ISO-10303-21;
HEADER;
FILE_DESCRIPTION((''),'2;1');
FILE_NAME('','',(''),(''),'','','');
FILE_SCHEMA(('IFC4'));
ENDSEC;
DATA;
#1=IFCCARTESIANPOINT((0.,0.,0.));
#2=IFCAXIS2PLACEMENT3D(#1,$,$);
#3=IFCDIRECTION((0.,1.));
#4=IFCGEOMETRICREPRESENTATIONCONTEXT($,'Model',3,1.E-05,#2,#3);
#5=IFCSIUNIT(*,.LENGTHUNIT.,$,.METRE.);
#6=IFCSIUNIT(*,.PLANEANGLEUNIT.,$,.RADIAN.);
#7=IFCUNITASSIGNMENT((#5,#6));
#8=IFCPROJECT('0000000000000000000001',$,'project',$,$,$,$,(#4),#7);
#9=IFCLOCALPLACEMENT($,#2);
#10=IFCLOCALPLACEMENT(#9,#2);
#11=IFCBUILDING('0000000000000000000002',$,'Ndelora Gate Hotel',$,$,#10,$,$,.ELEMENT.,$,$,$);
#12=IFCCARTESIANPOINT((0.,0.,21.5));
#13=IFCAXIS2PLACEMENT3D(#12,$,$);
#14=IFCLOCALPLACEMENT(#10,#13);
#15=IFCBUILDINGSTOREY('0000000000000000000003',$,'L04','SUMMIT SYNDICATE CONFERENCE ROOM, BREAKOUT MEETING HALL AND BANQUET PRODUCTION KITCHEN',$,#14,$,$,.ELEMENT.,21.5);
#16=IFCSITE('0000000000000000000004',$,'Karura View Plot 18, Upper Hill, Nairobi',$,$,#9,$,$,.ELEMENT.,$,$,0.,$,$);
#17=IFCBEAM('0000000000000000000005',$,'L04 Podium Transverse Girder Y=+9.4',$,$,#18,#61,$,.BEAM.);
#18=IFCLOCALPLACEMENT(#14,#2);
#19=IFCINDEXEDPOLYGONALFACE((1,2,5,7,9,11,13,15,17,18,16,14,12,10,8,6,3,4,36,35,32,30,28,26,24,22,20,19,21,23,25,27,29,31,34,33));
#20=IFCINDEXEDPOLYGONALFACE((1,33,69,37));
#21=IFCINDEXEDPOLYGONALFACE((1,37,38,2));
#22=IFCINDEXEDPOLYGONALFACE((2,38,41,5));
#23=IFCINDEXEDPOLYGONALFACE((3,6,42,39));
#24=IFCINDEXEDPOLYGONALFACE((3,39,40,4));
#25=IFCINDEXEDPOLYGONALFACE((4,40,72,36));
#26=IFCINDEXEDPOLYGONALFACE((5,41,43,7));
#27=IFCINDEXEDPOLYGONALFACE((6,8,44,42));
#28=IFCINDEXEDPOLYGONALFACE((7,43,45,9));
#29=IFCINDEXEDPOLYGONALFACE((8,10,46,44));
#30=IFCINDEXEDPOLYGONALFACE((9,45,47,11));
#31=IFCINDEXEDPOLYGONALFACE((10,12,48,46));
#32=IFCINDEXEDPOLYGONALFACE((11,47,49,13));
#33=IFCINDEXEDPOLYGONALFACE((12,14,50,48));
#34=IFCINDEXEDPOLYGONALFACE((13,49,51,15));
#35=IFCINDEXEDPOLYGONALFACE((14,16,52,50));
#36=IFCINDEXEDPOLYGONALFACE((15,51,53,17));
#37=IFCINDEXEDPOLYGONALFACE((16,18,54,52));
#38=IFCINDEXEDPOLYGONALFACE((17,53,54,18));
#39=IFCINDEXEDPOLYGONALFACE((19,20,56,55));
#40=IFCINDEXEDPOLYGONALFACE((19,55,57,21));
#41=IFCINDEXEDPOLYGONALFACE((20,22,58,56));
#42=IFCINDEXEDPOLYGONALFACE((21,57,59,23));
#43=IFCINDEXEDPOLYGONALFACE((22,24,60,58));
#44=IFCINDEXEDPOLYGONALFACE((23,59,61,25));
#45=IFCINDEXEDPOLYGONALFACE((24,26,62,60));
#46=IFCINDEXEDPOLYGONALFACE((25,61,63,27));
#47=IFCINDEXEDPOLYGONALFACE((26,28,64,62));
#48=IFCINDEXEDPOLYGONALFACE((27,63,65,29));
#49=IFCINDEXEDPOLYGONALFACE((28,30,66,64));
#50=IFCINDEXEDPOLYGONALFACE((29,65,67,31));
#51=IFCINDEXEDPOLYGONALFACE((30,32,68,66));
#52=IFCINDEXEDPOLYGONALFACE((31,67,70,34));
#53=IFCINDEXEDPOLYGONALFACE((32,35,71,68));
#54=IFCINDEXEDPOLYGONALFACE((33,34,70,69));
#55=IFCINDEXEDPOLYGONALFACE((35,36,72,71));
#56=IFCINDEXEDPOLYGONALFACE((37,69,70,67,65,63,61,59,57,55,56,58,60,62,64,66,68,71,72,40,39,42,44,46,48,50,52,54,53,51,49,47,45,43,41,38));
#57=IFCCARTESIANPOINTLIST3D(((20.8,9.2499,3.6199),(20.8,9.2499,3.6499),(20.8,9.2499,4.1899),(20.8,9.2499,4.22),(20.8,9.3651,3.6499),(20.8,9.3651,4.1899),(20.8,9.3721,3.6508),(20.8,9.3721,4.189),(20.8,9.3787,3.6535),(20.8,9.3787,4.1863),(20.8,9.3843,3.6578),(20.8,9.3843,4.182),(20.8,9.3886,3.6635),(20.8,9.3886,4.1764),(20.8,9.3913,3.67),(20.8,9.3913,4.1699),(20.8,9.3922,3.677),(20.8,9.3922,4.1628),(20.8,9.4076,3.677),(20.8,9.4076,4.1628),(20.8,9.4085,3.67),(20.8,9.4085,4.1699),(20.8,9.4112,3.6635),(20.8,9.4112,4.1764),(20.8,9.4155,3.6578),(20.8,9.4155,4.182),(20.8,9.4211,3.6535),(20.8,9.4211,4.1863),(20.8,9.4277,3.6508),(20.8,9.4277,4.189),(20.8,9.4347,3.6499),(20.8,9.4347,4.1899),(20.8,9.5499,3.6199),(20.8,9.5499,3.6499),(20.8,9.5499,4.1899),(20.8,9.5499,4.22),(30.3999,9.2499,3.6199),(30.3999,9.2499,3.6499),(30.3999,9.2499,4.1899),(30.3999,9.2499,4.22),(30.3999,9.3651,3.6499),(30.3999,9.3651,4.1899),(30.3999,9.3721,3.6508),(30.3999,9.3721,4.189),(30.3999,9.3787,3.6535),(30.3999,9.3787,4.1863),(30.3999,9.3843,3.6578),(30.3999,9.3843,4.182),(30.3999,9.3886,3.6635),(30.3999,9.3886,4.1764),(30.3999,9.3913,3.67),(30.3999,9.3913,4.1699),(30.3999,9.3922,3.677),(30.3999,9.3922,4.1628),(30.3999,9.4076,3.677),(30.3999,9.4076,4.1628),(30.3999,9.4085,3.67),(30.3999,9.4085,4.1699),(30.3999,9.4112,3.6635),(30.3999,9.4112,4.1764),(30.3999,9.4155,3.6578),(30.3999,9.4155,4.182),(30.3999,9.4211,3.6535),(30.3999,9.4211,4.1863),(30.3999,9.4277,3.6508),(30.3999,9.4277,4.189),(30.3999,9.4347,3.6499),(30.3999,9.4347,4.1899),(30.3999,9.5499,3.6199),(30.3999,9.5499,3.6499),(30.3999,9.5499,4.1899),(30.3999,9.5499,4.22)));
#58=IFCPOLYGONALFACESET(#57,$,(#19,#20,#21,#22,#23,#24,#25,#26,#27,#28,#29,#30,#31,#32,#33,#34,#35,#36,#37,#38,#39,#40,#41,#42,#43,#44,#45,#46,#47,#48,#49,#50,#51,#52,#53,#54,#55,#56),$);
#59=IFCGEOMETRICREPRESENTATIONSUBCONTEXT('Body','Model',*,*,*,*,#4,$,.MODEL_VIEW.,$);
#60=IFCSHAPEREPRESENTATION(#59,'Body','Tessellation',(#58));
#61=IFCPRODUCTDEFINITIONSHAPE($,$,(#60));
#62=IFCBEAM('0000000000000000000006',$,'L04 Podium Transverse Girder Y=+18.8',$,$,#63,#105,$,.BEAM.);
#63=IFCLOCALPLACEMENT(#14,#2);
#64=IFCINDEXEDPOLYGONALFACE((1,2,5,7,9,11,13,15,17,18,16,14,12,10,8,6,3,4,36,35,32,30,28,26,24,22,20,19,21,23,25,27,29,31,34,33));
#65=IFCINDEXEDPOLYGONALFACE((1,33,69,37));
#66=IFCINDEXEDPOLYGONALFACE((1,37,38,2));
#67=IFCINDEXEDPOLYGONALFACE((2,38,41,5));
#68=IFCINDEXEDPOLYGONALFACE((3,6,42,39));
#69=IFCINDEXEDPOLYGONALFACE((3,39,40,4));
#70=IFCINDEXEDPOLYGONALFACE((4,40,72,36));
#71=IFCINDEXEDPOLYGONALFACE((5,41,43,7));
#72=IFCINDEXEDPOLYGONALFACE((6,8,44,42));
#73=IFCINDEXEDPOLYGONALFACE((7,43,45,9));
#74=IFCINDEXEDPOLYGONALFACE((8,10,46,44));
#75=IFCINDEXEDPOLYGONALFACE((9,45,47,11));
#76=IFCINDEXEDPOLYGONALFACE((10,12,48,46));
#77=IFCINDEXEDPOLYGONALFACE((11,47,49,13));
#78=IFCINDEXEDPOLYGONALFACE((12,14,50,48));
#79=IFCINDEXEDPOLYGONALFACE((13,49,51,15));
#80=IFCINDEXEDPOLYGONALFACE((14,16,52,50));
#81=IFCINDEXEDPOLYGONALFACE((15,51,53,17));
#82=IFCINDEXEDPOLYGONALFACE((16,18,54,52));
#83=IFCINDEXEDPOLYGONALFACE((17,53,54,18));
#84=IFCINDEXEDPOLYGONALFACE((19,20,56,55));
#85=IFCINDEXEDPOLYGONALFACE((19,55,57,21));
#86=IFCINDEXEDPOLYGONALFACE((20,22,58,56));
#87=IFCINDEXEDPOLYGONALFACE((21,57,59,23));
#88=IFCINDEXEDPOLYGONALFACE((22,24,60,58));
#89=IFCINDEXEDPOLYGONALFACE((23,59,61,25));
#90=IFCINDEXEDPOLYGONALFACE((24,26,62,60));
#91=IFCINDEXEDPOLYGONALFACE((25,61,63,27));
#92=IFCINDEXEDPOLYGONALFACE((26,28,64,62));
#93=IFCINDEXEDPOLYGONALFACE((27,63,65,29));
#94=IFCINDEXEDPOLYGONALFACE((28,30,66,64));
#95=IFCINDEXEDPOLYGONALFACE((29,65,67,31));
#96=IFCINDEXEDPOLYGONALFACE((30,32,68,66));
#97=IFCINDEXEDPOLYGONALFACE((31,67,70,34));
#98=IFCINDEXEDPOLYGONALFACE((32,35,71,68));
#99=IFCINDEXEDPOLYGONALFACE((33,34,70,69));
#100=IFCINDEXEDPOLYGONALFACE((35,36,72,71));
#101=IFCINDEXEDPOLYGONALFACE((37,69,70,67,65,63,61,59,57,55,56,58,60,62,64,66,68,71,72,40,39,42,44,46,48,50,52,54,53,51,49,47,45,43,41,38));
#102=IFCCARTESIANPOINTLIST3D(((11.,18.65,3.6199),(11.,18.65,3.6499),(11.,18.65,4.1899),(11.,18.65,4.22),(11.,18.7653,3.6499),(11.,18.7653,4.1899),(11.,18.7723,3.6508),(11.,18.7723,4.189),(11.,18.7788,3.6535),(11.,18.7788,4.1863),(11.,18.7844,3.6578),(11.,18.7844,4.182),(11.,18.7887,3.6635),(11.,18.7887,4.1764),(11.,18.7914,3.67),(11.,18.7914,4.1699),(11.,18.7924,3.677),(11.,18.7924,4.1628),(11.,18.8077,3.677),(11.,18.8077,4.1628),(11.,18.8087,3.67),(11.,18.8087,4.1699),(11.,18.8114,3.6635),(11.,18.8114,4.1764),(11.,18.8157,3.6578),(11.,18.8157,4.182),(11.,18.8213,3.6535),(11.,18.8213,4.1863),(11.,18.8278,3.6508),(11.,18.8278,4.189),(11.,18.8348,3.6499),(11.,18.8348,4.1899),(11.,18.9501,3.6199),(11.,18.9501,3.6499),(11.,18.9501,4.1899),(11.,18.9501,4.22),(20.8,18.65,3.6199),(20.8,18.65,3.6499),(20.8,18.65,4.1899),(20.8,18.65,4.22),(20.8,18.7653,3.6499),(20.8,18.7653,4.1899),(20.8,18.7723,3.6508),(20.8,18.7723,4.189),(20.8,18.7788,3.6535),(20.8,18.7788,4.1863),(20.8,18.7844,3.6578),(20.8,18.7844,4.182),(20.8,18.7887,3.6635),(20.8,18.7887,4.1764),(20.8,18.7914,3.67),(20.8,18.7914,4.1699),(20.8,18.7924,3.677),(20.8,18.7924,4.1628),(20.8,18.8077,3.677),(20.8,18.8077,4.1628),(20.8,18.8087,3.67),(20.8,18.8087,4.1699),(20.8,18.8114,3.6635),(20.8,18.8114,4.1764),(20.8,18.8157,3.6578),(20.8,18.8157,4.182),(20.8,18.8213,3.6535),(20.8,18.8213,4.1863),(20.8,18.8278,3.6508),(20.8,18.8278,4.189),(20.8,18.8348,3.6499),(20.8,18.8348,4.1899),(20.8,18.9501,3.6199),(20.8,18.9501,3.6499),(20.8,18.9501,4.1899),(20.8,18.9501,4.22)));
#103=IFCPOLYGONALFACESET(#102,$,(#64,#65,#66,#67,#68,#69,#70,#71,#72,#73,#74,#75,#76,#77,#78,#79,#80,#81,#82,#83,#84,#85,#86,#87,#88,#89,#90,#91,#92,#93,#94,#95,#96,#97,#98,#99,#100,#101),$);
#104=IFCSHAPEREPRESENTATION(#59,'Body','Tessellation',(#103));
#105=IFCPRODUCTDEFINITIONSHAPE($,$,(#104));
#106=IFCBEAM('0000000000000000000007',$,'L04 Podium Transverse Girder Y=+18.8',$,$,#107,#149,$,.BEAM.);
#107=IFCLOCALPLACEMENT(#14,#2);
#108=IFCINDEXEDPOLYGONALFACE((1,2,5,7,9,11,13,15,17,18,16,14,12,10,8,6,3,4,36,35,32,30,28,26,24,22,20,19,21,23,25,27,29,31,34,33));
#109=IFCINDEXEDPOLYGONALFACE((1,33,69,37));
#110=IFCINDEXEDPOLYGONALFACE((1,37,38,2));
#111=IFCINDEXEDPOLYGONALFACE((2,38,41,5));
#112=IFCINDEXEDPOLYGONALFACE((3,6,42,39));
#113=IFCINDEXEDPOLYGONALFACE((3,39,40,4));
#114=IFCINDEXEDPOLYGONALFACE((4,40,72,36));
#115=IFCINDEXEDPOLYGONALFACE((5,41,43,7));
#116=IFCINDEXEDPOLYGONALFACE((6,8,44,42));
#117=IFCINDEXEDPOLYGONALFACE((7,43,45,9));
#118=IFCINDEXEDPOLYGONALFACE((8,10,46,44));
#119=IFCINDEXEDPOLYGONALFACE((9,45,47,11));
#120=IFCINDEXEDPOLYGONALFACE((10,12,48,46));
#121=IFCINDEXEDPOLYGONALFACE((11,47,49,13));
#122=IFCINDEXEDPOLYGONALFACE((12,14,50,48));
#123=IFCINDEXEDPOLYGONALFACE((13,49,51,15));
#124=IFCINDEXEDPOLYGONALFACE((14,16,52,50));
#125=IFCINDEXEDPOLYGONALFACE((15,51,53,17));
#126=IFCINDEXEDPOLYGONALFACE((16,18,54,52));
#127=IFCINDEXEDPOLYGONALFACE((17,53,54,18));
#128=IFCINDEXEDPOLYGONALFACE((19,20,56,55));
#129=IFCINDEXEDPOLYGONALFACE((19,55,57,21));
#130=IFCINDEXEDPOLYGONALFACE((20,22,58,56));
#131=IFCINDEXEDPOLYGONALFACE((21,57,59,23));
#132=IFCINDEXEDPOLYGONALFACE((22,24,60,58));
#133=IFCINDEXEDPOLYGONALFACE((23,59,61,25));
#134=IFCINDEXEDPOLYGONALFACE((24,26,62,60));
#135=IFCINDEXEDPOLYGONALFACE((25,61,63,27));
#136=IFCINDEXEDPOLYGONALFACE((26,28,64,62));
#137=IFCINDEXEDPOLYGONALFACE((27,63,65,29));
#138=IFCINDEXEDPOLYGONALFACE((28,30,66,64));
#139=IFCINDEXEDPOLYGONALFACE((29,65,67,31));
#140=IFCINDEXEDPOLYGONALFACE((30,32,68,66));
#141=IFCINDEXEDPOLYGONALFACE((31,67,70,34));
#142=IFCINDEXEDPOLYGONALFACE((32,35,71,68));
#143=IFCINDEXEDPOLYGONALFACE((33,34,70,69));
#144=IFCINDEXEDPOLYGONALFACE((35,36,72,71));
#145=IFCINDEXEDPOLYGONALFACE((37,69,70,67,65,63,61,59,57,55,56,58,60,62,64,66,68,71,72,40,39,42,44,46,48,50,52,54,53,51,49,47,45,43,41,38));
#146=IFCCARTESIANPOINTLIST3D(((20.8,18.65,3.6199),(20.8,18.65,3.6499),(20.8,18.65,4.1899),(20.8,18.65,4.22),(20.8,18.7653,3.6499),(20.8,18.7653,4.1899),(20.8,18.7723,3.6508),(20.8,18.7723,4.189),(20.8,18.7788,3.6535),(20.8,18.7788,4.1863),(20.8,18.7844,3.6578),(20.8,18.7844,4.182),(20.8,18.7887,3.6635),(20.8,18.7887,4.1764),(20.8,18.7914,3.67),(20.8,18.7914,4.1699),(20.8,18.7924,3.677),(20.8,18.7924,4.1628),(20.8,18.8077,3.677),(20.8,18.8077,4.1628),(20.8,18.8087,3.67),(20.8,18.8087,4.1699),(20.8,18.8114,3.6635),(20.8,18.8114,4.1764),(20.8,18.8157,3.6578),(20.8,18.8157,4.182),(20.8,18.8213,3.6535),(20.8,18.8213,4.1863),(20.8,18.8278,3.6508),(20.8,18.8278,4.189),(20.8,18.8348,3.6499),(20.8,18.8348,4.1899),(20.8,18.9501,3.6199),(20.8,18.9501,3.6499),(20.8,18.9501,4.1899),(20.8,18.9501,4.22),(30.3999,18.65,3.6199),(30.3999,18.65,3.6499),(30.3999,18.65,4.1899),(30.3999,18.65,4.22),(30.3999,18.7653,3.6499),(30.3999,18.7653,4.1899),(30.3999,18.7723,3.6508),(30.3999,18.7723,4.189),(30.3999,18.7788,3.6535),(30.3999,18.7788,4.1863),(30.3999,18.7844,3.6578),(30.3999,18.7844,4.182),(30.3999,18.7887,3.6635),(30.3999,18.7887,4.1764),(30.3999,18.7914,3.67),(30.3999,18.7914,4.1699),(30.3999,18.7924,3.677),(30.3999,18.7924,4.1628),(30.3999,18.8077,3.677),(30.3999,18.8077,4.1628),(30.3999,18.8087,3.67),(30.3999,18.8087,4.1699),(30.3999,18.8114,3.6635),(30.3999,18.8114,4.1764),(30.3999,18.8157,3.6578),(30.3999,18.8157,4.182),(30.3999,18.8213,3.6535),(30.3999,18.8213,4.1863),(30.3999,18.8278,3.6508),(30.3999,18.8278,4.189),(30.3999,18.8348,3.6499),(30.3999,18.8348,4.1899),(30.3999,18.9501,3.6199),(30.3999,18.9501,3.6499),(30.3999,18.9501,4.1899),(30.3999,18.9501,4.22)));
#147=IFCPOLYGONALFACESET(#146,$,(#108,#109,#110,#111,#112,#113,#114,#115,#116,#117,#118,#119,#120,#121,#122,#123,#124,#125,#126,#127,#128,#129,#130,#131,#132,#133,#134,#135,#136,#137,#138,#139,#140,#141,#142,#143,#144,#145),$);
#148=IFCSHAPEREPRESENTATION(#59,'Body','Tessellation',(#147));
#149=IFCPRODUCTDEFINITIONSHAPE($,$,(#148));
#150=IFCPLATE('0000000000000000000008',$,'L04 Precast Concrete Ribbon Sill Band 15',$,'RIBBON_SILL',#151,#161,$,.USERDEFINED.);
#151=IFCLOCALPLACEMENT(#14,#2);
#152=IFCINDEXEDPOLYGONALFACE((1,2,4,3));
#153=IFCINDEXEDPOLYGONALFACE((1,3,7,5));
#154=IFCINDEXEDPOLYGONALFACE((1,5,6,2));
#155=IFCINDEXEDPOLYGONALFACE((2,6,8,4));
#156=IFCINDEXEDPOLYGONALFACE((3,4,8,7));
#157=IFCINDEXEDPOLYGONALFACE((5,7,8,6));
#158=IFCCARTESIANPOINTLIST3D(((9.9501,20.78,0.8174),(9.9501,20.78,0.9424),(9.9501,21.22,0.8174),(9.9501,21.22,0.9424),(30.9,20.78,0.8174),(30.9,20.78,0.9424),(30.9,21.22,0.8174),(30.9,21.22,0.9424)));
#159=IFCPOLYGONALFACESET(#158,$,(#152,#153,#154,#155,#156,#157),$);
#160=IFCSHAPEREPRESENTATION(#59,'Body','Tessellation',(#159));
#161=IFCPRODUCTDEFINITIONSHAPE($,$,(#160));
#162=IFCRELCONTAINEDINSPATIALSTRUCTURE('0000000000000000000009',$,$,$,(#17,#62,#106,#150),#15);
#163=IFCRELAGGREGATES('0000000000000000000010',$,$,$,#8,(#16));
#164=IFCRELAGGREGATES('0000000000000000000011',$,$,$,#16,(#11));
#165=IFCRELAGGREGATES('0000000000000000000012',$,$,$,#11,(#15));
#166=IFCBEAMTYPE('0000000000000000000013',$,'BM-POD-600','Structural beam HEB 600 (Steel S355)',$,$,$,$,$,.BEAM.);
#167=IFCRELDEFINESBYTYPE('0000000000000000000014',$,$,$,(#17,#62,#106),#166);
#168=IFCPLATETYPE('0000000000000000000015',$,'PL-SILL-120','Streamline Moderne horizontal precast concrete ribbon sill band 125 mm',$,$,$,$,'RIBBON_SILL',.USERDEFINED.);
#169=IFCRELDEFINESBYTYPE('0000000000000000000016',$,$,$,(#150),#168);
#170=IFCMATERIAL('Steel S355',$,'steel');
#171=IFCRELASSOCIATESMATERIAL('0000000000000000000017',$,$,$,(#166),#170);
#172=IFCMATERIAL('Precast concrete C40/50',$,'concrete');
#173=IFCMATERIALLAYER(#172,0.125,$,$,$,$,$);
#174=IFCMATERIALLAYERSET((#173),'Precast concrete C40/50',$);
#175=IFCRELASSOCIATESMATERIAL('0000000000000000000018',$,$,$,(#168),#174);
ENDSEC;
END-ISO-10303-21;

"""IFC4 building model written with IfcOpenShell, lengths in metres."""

from ifc_helpers import new_model, si_unit, direction, frame, origin, origin_2d, place, context, subcontext, project, spatial, rectangle, i_section, extrude, material, layer, layer_set, material_profile, profile_set, type_object, element, save


model = new_model("IFC4")

# Units and contexts
model_context = context("Model", 3, precision=1e-05, world=origin(), true_north=direction((0.0, 1.0)))
body_context = subcontext(model_context, "Body", "Model", "MODEL_VIEW")
ifc_project = project(units=[si_unit("LENGTHUNIT", "METRE"), si_unit("PLANEANGLEUNIT", "RADIAN")], contexts=[model_context])

# Site, building, storey
site_placement = place(None, origin())
site = spatial("IfcSite", under=ifc_project, at=site_placement, Name="Karura View Plot 18, Upper Hill, Nairobi", CompositionType="ELEMENT", RefElevation=0.0)
building_placement = place(site_placement, origin())
building = spatial("IfcBuilding", under=site, at=building_placement, Name="Ndelora Gate Hotel", CompositionType="ELEMENT")
storey_placement = place(building_placement, frame((0.0, 0.0, 21.5)))
storey = spatial("IfcBuildingStorey", under=building, at=storey_placement, Name="L04", Description="SUMMIT SYNDICATE CONFERENCE ROOM, BREAKOUT MEETING HALL AND BANQUET PRODUCTION KITCHEN", CompositionType="ELEMENT", Elevation=21.5)

# Beams
ifc_material_1 = material(Name="Steel S355", Category="steel")
ifc_material_profile_1 = material_profile(ifc_material_1, i_section(OverallWidth=0.3, OverallDepth=0.6001, WebThickness=0.0154, FlangeThickness=0.03, FilletRadius=0.0271, at=origin_2d()), Name="HEB 600")
ifc_profile_set_1 = profile_set([ifc_material_profile_1], Name="Steel S355")
beam_type_1 = type_object("IfcBeamType", Name="BM-POD-600", Description="Structural beam HEB 600 (Steel S355)", PredefinedType="BEAM", material=ifc_profile_set_1)
beam_1_placement = place(storey_placement, frame((20.8, 9.3999, 3.9199), z_axis=(1.0, 0.0, 0.0), x_axis=(0.0, 1.0, 0.0)))
element("IfcBeam", 1, at=beam_1_placement, inside=storey, type_object=beam_type_1, Name="L04 Podium Transverse Girder Y=+9.4", PredefinedType="BEAM", context=body_context, shape_type="SweptSolid", body=[
    extrude(i_section(OverallWidth=0.3, OverallDepth=0.6001, WebThickness=0.0154, FlangeThickness=0.03, FilletRadius=0.0271, at=origin_2d()), origin(), (0.0, 0.0, 1.0), 9.5999),
])
beam_2_placement = place(storey_placement, frame((11.0, 18.8, 3.9199), z_axis=(1.0, 0.0, 0.0), x_axis=(0.0, 1.0, 0.0)))
element("IfcBeam", 2, at=beam_2_placement, inside=storey, type_object=beam_type_1, Name="L04 Podium Transverse Girder Y=+18.8", PredefinedType="BEAM", context=body_context, shape_type="SweptSolid", body=[
    extrude(i_section(OverallWidth=0.3, OverallDepth=0.6001, WebThickness=0.0154, FlangeThickness=0.03, FilletRadius=0.0271, at=origin_2d()), origin(), (0.0, 0.0, 1.0), 9.8),
])
beam_3_placement = place(storey_placement, frame((20.8, 18.8, 3.9199), z_axis=(1.0, 0.0, 0.0), x_axis=(0.0, 1.0, 0.0)))
element("IfcBeam", 3, at=beam_3_placement, inside=storey, type_object=beam_type_1, Name="L04 Podium Transverse Girder Y=+18.8", PredefinedType="BEAM", context=body_context, shape_type="SweptSolid", body=[
    extrude(i_section(OverallWidth=0.3, OverallDepth=0.6001, WebThickness=0.0154, FlangeThickness=0.03, FilletRadius=0.0271, at=origin_2d()), origin(), (0.0, 0.0, 1.0), 9.5999),
])

# Plate
ifc_material_2 = material(Name="Precast concrete C40/50", Category="concrete")
ifc_layer = layer(ifc_material_2, 0.125)
ifc_layer_set = layer_set([ifc_layer], Name="Precast concrete C40/50")
plate_type = type_object("IfcPlateType", Name="PL-SILL-120", Description="Streamline Moderne horizontal precast concrete ribbon sill band 125 mm", ElementType="RIBBON_SILL", PredefinedType="USERDEFINED", material=ifc_layer_set)
plate_placement = place(storey_placement, frame((20.425, 21.0, 0.8174), z_axis=(0.0, 0.0, 1.0), x_axis=(1.0, 0.0, 0.0)))
element("IfcPlate", 4, at=plate_placement, inside=storey, type_object=plate_type, Name="L04 Precast Concrete Ribbon Sill Band 15", ObjectType="RIBBON_SILL", PredefinedType="USERDEFINED", context=body_context, shape_type="SweptSolid", body=[
    extrude(rectangle(XDim=20.95, YDim=0.4399, at=origin_2d()), origin(), (0.0, 0.0, 1.0), 0.125),
])

save(model, "model.ifc")
